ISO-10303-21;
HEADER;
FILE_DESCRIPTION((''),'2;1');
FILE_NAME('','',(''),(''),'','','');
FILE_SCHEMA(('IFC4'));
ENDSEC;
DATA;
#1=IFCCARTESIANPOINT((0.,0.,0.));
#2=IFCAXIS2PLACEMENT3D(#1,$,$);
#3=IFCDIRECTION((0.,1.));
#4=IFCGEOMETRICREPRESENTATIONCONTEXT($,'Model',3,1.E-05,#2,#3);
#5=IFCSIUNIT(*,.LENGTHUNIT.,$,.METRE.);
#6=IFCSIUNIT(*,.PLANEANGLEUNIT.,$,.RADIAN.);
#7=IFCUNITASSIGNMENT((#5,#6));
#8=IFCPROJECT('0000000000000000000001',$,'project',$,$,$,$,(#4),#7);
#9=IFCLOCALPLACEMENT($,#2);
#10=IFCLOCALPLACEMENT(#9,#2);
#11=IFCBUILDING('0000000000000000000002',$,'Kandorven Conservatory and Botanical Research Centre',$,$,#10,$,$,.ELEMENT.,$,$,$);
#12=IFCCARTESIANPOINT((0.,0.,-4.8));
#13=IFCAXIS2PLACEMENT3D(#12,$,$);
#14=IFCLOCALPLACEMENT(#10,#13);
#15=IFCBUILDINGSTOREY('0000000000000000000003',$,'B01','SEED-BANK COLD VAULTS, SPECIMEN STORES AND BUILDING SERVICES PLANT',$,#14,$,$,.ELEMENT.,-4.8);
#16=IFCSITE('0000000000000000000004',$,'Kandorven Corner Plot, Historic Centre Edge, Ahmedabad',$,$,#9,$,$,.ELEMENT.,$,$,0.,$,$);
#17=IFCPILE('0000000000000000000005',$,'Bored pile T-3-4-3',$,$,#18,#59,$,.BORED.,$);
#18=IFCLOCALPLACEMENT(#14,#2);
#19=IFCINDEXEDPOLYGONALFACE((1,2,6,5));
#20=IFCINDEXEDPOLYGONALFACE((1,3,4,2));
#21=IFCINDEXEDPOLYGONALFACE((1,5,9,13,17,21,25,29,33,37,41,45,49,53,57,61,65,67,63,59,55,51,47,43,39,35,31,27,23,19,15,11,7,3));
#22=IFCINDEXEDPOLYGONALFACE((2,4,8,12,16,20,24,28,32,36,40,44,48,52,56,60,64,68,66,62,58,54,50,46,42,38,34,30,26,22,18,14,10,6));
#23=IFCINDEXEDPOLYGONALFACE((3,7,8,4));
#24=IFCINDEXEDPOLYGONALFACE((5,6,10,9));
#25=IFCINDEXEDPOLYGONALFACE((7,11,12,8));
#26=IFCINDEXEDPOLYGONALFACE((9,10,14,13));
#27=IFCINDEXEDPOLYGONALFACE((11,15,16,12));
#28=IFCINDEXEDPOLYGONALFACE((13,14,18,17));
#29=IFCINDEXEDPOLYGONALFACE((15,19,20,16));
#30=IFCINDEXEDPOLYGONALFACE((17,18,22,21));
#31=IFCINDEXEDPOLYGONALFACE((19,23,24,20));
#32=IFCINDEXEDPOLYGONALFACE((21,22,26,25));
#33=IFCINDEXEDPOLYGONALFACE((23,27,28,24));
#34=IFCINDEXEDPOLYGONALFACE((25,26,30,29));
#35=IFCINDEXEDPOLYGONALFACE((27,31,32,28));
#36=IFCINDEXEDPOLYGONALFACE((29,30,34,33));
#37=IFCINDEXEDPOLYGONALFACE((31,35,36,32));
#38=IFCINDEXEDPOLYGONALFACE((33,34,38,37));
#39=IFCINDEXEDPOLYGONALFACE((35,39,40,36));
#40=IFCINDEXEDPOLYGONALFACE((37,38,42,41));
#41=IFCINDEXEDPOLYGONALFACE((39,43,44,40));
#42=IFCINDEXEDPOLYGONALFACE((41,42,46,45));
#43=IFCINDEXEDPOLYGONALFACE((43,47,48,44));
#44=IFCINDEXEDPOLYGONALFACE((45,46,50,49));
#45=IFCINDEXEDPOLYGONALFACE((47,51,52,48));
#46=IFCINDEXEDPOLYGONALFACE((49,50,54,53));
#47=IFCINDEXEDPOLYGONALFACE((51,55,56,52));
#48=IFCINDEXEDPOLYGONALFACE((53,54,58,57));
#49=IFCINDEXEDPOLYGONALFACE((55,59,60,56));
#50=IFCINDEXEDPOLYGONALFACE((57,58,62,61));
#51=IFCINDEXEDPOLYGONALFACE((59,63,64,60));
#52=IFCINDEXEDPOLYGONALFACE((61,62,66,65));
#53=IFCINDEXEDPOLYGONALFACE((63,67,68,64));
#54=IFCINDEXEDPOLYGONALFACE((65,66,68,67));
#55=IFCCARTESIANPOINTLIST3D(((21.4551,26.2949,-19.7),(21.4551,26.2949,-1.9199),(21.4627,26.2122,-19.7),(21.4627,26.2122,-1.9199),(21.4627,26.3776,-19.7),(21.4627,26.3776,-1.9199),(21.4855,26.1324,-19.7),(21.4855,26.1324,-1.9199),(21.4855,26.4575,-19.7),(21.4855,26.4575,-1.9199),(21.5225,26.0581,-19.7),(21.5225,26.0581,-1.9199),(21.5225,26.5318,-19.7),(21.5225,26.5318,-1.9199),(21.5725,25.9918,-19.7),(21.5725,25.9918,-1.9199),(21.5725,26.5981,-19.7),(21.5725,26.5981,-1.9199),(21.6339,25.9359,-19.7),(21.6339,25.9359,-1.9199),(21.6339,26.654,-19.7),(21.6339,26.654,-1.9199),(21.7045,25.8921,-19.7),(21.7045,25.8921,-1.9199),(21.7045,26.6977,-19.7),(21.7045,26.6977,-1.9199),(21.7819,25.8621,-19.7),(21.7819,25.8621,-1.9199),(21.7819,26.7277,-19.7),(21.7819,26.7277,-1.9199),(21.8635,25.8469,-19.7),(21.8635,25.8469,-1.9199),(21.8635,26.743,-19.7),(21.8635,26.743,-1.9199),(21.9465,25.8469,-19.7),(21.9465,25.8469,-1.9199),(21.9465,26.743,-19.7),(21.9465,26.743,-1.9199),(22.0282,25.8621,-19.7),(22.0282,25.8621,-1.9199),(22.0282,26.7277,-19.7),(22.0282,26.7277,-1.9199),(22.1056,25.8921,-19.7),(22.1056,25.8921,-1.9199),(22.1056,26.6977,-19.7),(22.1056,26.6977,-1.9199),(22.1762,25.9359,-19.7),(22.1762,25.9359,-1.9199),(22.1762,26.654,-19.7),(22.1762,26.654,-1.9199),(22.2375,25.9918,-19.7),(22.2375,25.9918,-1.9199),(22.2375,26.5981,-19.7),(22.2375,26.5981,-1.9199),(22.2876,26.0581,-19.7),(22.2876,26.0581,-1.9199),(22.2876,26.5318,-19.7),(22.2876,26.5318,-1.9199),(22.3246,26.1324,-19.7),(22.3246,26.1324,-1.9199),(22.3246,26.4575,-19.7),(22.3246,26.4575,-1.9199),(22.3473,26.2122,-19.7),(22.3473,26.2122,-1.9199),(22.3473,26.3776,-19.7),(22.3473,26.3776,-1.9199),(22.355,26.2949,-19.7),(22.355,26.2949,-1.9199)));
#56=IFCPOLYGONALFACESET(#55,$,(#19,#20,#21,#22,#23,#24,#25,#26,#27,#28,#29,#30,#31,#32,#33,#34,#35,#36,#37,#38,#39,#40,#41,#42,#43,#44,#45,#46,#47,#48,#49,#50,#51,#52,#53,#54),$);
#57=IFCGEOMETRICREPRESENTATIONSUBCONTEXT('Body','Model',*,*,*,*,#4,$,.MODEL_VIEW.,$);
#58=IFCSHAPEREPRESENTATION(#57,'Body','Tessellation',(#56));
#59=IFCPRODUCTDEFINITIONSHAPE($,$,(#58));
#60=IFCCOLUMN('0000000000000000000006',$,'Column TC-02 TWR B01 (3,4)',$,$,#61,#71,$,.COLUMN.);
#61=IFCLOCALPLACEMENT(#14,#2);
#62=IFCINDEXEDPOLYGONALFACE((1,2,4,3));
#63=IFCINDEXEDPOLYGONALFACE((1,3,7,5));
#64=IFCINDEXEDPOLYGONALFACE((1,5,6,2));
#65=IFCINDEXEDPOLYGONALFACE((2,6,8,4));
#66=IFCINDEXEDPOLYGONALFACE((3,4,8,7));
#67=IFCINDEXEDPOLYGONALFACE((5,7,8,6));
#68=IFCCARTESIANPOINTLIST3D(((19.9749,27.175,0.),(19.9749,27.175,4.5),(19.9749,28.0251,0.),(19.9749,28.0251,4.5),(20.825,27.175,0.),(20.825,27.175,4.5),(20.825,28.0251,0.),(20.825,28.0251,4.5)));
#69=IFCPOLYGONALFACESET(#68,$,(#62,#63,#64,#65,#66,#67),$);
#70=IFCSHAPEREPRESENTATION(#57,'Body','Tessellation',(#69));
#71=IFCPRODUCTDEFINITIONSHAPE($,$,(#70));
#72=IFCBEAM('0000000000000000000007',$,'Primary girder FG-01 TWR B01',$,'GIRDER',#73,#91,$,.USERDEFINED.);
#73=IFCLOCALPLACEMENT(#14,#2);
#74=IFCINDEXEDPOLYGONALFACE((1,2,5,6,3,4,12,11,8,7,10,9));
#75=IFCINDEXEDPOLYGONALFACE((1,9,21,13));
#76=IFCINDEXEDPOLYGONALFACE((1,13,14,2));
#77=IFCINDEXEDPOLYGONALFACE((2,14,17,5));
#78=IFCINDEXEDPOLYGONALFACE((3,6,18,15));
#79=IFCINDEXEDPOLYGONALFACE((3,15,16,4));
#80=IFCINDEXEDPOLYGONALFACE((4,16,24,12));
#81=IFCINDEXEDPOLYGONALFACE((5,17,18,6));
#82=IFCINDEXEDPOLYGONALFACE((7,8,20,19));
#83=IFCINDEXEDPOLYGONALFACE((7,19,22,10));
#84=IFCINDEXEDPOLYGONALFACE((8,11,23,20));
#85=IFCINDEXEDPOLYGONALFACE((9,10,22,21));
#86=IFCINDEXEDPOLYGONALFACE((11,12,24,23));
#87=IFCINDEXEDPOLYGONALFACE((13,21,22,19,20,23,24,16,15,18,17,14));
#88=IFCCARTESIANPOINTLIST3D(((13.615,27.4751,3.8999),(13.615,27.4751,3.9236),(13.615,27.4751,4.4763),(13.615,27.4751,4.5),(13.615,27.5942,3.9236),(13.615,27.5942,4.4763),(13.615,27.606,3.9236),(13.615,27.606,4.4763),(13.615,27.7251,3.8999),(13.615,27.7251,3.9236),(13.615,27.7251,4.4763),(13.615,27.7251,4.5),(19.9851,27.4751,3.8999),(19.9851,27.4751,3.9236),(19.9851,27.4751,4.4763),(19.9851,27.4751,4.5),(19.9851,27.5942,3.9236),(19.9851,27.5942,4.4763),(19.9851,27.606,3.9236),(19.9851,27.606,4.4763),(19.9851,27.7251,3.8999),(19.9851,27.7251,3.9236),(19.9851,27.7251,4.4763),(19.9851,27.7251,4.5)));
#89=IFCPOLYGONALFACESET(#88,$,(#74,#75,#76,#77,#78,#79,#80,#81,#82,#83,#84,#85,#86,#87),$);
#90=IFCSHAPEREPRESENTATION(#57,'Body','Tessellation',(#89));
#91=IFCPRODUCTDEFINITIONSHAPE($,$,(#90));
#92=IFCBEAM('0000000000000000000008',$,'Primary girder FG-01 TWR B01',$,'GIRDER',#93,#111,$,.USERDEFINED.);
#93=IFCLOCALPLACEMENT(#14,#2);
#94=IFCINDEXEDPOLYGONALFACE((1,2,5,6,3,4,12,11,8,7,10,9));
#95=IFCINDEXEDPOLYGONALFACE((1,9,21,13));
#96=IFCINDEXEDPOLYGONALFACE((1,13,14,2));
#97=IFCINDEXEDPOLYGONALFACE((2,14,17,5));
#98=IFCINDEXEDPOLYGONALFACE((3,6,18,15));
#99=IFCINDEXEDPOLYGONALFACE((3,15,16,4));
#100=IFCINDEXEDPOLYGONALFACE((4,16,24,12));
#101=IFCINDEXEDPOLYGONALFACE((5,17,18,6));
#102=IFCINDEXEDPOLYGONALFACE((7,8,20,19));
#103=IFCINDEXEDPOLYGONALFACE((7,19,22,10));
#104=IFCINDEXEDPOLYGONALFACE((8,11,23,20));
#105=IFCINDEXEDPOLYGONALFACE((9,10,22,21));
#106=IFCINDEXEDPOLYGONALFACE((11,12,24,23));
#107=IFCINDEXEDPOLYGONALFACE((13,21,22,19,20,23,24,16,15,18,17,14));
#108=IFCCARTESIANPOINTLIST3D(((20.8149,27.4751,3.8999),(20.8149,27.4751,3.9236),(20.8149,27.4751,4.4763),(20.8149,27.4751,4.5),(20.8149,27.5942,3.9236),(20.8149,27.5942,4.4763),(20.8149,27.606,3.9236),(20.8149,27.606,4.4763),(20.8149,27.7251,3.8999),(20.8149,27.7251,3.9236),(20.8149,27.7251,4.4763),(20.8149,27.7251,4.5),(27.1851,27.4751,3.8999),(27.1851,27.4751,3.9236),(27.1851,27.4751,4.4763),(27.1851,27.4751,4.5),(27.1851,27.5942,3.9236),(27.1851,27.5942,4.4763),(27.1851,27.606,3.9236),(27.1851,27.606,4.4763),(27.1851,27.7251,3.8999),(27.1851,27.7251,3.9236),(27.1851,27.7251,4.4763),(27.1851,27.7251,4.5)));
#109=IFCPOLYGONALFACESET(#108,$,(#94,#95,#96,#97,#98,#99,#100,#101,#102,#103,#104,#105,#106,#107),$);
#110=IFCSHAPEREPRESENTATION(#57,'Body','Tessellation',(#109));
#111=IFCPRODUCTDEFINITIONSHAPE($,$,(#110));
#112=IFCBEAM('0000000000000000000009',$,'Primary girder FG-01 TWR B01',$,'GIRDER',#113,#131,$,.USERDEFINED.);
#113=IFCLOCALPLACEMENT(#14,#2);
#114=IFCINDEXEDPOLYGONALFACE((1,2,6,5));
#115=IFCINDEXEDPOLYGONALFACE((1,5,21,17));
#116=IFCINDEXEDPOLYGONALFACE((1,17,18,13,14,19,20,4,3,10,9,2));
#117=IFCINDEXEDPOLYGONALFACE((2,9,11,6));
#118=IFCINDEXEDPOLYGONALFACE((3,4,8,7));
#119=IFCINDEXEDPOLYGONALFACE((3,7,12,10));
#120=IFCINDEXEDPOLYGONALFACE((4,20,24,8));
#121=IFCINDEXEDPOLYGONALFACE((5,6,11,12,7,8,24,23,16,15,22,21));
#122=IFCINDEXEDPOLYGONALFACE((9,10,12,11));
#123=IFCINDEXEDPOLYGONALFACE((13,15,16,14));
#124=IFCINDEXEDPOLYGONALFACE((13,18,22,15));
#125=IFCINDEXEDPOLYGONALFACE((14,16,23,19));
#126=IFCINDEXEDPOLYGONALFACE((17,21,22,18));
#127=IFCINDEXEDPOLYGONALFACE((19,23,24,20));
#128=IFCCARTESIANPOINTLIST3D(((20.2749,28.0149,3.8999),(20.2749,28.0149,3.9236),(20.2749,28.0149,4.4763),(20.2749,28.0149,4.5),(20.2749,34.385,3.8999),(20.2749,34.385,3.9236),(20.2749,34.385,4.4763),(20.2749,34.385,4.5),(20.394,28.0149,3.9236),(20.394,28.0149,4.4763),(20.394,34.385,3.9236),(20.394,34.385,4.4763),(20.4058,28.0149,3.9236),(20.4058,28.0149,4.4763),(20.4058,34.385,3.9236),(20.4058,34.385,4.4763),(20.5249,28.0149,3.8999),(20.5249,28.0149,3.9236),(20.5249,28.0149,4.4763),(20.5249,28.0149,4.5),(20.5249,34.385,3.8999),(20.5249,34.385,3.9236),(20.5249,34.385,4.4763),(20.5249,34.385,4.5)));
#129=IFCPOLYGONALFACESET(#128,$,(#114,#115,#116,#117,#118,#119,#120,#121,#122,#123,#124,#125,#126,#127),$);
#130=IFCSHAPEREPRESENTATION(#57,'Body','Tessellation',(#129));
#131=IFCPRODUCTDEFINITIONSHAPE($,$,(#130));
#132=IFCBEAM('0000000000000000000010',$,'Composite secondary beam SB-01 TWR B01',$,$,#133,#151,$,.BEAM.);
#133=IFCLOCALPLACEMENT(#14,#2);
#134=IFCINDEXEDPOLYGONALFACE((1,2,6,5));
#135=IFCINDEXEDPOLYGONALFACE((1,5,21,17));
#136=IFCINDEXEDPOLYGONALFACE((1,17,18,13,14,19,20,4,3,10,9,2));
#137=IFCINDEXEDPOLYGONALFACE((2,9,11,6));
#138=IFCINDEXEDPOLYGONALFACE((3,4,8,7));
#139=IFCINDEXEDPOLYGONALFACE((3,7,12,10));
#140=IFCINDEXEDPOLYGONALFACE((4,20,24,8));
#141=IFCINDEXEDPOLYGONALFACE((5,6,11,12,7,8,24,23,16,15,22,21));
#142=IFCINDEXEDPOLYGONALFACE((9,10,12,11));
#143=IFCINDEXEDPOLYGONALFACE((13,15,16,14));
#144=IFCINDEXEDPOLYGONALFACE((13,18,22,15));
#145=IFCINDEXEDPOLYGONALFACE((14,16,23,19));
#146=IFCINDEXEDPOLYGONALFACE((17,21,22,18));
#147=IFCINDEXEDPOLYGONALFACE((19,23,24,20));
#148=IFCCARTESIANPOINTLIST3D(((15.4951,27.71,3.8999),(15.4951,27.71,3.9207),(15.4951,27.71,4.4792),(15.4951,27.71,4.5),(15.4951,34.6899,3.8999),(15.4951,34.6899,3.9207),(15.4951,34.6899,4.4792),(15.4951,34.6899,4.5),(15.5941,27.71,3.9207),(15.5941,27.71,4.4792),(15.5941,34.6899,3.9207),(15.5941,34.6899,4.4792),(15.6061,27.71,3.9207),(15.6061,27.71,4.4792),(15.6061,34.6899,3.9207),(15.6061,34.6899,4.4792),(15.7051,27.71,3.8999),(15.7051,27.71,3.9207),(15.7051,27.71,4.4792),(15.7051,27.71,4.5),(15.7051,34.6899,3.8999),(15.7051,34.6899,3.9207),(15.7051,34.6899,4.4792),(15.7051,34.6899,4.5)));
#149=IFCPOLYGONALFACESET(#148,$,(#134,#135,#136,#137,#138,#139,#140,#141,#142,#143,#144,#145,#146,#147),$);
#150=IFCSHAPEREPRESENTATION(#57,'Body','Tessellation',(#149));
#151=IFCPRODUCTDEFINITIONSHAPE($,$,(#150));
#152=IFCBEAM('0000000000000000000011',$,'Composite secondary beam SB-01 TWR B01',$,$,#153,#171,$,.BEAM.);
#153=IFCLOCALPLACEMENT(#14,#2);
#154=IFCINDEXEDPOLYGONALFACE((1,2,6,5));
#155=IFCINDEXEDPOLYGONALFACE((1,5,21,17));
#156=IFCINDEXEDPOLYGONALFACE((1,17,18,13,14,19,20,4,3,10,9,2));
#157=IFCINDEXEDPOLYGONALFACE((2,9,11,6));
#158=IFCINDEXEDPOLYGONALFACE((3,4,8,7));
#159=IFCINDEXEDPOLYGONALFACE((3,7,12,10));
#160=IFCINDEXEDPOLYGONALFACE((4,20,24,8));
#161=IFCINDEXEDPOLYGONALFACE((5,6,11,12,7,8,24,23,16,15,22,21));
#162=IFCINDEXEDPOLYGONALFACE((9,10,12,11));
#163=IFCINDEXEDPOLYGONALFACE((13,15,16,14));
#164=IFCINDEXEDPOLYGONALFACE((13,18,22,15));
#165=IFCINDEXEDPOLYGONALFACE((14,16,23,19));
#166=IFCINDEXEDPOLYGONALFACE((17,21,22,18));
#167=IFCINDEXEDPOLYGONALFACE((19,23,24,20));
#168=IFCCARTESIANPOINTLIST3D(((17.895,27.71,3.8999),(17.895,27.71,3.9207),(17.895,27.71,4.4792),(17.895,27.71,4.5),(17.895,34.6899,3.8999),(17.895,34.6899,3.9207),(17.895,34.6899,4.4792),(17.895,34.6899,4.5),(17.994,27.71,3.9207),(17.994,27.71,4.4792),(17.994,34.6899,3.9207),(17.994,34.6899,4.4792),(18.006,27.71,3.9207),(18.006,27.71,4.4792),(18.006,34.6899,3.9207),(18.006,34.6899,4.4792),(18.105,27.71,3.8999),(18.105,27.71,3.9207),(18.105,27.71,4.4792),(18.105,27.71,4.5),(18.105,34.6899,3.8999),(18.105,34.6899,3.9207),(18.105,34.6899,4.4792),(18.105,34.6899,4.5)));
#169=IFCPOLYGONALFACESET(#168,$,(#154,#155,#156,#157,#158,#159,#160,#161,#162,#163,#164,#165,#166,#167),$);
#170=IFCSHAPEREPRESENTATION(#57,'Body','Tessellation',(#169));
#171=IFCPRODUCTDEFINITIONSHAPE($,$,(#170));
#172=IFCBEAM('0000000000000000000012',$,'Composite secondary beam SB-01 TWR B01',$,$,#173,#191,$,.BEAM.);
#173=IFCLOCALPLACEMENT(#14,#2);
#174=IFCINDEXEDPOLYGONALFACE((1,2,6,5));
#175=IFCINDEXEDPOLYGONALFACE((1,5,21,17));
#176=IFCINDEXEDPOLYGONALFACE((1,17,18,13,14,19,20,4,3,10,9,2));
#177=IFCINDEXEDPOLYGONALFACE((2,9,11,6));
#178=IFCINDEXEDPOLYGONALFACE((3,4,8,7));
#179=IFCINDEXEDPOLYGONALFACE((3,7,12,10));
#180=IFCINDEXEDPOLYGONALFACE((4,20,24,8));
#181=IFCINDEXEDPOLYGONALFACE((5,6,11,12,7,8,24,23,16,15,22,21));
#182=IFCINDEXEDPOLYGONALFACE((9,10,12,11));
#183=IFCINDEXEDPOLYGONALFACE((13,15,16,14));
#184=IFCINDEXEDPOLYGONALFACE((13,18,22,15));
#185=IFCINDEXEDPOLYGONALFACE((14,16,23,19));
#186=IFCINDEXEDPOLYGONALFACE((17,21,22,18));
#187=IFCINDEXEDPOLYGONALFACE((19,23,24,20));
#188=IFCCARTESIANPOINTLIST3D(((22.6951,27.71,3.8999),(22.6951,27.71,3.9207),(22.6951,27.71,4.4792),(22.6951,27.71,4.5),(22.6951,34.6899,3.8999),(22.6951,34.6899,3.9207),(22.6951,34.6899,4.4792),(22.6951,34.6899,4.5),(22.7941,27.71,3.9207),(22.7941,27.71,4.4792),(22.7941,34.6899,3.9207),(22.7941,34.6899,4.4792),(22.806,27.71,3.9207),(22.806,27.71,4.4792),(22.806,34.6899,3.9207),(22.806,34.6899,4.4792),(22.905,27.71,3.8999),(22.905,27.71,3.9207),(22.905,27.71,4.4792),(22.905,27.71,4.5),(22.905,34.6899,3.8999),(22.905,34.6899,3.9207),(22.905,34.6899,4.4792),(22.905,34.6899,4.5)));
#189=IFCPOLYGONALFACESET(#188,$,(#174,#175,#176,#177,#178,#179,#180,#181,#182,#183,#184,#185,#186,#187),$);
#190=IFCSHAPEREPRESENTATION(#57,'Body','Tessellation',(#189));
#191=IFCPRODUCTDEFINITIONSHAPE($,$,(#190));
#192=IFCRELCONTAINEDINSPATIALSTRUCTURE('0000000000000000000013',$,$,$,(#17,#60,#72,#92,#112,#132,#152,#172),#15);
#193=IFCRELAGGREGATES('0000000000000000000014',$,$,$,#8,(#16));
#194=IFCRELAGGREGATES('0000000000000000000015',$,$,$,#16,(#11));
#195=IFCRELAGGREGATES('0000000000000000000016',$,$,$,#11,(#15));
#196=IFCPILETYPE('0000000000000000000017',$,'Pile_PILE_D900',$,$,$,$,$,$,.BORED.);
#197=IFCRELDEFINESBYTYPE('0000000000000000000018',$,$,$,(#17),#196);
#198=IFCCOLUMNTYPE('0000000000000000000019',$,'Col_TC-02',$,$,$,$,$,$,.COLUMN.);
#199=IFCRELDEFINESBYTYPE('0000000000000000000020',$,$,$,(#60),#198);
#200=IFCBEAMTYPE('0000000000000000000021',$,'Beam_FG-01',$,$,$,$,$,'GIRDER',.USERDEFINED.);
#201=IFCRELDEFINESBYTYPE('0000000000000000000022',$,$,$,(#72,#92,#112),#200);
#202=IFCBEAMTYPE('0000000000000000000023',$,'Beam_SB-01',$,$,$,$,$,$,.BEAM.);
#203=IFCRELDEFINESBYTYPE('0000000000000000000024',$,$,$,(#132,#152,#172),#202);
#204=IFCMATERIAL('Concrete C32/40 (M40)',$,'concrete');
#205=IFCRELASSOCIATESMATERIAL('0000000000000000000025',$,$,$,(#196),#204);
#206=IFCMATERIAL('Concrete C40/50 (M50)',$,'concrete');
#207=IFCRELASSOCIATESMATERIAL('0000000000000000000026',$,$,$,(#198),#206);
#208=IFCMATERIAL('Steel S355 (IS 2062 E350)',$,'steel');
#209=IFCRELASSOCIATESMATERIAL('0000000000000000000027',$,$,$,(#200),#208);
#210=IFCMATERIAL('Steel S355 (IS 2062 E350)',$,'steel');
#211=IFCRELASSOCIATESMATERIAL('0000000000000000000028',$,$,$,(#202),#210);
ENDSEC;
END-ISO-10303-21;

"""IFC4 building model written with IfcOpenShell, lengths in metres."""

from ifc_helpers import new_model, si_unit, direction, frame, origin, origin_2d, place, context, subcontext, project, spatial, rectangle, circle, i_section, extrude, material, material_profile, profile_set, type_object, element, save


model = new_model("IFC4")

# Units and contexts
model_context = context("Model", 3, precision=1e-05, world=origin(), true_north=direction((0.0, 1.0)))
body_context = subcontext(model_context, "Body", "Model", "MODEL_VIEW")
ifc_project = project(units=[si_unit("LENGTHUNIT", "METRE"), si_unit("PLANEANGLEUNIT", "RADIAN")], contexts=[model_context])

# Site, building, storey
site_placement = place(None, origin())
site = spatial("IfcSite", under=ifc_project, at=site_placement, Name="Kandorven Corner Plot, Historic Centre Edge, Ahmedabad", CompositionType="ELEMENT", RefElevation=0.0)
building_placement = place(site_placement, origin())
building = spatial("IfcBuilding", under=site, at=building_placement, Name="Kandorven Conservatory and Botanical Research Centre", CompositionType="ELEMENT")
storey_placement = place(building_placement, frame((0.0, 0.0, -4.8)))
storey = spatial("IfcBuildingStorey", under=building, at=storey_placement, Name="B01", Description="SEED-BANK COLD VAULTS, SPECIMEN STORES AND BUILDING SERVICES PLANT", CompositionType="ELEMENT", Elevation=-4.8)

# Pile
ifc_material_1 = material(Name="Concrete C32/40 (M40)", Category="concrete")
ifc_material_profile_1 = material_profile(ifc_material_1, circle(Radius=0.45, at=origin_2d()))
ifc_profile_set_1 = profile_set([ifc_material_profile_1], Name="Concrete C32/40 (M40)")
pile_type = type_object("IfcPileType", Name="Pile_PILE_D900", PredefinedType="BORED", material=ifc_profile_set_1)
for number, where, z_axis, x_axis, name in (
    (1, (21.905, 26.2949, -1.9199), (0.0, 0.0, -1.0), (1.0, 0.0, 0.0), "Bored pile T-3-4-3"),
):
    element("IfcPile", number, at=place(storey_placement, frame(where, z_axis=z_axis, x_axis=x_axis)), inside=storey, type_object=pile_type, Name=name, PredefinedType="BORED", context=body_context, shape_type="SweptSolid", body=[
        extrude(circle(Radius=0.45, at=origin_2d()), origin(), (0.0, 0.0, 1.0), 17.78),
    ])

# Column
ifc_material_2 = material(Name="Concrete C40/50 (M50)", Category="concrete")
ifc_material_profile_2 = material_profile(ifc_material_2, rectangle(XDim=0.8501, YDim=0.8501, at=origin_2d()))
ifc_profile_set_2 = profile_set([ifc_material_profile_2], Name="Concrete C40/50 (M50)")
column_type = type_object("IfcColumnType", Name="Col_TC-02", PredefinedType="COLUMN", material=ifc_profile_set_2)
column_placement = place(storey_placement, frame((20.3999, 27.6001, 0.0), z_axis=(0.0, 0.0, 1.0), x_axis=(1.0, 0.0, 0.0)))
element("IfcColumn", 2, at=column_placement, inside=storey, type_object=column_type, Name="Column TC-02 TWR B01 (3,4)", PredefinedType="COLUMN", context=body_context, shape_type="SweptSolid", body=[
    extrude(rectangle(XDim=0.8501, YDim=0.8501, at=origin_2d()), origin(), (0.0, 0.0, 1.0), 4.5),
])

# Beams
ifc_material_3 = material(Name="Steel S355 (IS 2062 E350)", Category="steel")
ifc_material_profile_3 = material_profile(ifc_material_3, i_section(OverallWidth=0.25, OverallDepth=0.6001, WebThickness=0.0117, FlangeThickness=0.0237, at=origin_2d()))
ifc_profile_set_3 = profile_set([ifc_material_profile_3], Name="Steel S355 (IS 2062 E350)")
beam_type_1 = type_object("IfcBeamType", Name="Beam_FG-01", ElementType="GIRDER", PredefinedType="USERDEFINED", material=ifc_profile_set_3)
for number, where, z_axis, x_axis, name in (
    (3, (13.615, 27.6001, 4.2), (1.0, 0.0, 0.0), (0.0, 1.0, 0.0), "Primary girder FG-01 TWR B01"),
    (4, (20.8149, 27.6001, 4.2), (1.0, 0.0, 0.0), (0.0, 1.0, 0.0), "Primary girder FG-01 TWR B01"),
    (5, (20.3999, 28.0149, 4.2), (0.0, 1.0, 0.0), (-1.0, 0.0, 0.0), "Primary girder FG-01 TWR B01"),
):
    element("IfcBeam", number, at=place(storey_placement, frame(where, z_axis=z_axis, x_axis=x_axis)), inside=storey, type_object=beam_type_1, Name=name, ObjectType="GIRDER", PredefinedType="USERDEFINED", context=body_context, shape_type="SweptSolid", body=[
        extrude(i_section(OverallWidth=0.25, OverallDepth=0.6001, WebThickness=0.0117, FlangeThickness=0.0237, at=origin_2d()), origin(), (0.0, 0.0, 1.0), 6.3701),
    ])
ifc_material_4 = material(Name="Steel S355 (IS 2062 E350)", Category="steel")
ifc_material_profile_4 = material_profile(ifc_material_4, i_section(OverallWidth=0.21, OverallDepth=0.6001, WebThickness=0.012, FlangeThickness=0.0208, at=origin_2d()))
ifc_profile_set_4 = profile_set([ifc_material_profile_4], Name="Steel S355 (IS 2062 E350)")
beam_type_2 = type_object("IfcBeamType", Name="Beam_SB-01", PredefinedType="BEAM", material=ifc_profile_set_4)
for number, where, z_axis, x_axis, name in (
    (6, (15.6001, 27.71, 4.2), (0.0, 1.0, 0.0), (-1.0, 0.0, 0.0), "Composite secondary beam SB-01 TWR B01"),
    (7, (18.0, 27.71, 4.2), (0.0, 1.0, 0.0), (-1.0, 0.0, 0.0), "Composite secondary beam SB-01 TWR B01"),
    (8, (22.8, 27.71, 4.2), (0.0, 1.0, 0.0), (-1.0, 0.0, 0.0), "Composite secondary beam SB-01 TWR B01"),
):
    element("IfcBeam", number, at=place(storey_placement, frame(where, z_axis=z_axis, x_axis=x_axis)), inside=storey, type_object=beam_type_2, Name=name, PredefinedType="BEAM", context=body_context, shape_type="SweptSolid", body=[
        extrude(i_section(OverallWidth=0.21, OverallDepth=0.6001, WebThickness=0.012, FlangeThickness=0.0208, at=origin_2d()), origin(), (0.0, 0.0, 1.0), 6.98),
    ])

save(model, "model.ifc")
